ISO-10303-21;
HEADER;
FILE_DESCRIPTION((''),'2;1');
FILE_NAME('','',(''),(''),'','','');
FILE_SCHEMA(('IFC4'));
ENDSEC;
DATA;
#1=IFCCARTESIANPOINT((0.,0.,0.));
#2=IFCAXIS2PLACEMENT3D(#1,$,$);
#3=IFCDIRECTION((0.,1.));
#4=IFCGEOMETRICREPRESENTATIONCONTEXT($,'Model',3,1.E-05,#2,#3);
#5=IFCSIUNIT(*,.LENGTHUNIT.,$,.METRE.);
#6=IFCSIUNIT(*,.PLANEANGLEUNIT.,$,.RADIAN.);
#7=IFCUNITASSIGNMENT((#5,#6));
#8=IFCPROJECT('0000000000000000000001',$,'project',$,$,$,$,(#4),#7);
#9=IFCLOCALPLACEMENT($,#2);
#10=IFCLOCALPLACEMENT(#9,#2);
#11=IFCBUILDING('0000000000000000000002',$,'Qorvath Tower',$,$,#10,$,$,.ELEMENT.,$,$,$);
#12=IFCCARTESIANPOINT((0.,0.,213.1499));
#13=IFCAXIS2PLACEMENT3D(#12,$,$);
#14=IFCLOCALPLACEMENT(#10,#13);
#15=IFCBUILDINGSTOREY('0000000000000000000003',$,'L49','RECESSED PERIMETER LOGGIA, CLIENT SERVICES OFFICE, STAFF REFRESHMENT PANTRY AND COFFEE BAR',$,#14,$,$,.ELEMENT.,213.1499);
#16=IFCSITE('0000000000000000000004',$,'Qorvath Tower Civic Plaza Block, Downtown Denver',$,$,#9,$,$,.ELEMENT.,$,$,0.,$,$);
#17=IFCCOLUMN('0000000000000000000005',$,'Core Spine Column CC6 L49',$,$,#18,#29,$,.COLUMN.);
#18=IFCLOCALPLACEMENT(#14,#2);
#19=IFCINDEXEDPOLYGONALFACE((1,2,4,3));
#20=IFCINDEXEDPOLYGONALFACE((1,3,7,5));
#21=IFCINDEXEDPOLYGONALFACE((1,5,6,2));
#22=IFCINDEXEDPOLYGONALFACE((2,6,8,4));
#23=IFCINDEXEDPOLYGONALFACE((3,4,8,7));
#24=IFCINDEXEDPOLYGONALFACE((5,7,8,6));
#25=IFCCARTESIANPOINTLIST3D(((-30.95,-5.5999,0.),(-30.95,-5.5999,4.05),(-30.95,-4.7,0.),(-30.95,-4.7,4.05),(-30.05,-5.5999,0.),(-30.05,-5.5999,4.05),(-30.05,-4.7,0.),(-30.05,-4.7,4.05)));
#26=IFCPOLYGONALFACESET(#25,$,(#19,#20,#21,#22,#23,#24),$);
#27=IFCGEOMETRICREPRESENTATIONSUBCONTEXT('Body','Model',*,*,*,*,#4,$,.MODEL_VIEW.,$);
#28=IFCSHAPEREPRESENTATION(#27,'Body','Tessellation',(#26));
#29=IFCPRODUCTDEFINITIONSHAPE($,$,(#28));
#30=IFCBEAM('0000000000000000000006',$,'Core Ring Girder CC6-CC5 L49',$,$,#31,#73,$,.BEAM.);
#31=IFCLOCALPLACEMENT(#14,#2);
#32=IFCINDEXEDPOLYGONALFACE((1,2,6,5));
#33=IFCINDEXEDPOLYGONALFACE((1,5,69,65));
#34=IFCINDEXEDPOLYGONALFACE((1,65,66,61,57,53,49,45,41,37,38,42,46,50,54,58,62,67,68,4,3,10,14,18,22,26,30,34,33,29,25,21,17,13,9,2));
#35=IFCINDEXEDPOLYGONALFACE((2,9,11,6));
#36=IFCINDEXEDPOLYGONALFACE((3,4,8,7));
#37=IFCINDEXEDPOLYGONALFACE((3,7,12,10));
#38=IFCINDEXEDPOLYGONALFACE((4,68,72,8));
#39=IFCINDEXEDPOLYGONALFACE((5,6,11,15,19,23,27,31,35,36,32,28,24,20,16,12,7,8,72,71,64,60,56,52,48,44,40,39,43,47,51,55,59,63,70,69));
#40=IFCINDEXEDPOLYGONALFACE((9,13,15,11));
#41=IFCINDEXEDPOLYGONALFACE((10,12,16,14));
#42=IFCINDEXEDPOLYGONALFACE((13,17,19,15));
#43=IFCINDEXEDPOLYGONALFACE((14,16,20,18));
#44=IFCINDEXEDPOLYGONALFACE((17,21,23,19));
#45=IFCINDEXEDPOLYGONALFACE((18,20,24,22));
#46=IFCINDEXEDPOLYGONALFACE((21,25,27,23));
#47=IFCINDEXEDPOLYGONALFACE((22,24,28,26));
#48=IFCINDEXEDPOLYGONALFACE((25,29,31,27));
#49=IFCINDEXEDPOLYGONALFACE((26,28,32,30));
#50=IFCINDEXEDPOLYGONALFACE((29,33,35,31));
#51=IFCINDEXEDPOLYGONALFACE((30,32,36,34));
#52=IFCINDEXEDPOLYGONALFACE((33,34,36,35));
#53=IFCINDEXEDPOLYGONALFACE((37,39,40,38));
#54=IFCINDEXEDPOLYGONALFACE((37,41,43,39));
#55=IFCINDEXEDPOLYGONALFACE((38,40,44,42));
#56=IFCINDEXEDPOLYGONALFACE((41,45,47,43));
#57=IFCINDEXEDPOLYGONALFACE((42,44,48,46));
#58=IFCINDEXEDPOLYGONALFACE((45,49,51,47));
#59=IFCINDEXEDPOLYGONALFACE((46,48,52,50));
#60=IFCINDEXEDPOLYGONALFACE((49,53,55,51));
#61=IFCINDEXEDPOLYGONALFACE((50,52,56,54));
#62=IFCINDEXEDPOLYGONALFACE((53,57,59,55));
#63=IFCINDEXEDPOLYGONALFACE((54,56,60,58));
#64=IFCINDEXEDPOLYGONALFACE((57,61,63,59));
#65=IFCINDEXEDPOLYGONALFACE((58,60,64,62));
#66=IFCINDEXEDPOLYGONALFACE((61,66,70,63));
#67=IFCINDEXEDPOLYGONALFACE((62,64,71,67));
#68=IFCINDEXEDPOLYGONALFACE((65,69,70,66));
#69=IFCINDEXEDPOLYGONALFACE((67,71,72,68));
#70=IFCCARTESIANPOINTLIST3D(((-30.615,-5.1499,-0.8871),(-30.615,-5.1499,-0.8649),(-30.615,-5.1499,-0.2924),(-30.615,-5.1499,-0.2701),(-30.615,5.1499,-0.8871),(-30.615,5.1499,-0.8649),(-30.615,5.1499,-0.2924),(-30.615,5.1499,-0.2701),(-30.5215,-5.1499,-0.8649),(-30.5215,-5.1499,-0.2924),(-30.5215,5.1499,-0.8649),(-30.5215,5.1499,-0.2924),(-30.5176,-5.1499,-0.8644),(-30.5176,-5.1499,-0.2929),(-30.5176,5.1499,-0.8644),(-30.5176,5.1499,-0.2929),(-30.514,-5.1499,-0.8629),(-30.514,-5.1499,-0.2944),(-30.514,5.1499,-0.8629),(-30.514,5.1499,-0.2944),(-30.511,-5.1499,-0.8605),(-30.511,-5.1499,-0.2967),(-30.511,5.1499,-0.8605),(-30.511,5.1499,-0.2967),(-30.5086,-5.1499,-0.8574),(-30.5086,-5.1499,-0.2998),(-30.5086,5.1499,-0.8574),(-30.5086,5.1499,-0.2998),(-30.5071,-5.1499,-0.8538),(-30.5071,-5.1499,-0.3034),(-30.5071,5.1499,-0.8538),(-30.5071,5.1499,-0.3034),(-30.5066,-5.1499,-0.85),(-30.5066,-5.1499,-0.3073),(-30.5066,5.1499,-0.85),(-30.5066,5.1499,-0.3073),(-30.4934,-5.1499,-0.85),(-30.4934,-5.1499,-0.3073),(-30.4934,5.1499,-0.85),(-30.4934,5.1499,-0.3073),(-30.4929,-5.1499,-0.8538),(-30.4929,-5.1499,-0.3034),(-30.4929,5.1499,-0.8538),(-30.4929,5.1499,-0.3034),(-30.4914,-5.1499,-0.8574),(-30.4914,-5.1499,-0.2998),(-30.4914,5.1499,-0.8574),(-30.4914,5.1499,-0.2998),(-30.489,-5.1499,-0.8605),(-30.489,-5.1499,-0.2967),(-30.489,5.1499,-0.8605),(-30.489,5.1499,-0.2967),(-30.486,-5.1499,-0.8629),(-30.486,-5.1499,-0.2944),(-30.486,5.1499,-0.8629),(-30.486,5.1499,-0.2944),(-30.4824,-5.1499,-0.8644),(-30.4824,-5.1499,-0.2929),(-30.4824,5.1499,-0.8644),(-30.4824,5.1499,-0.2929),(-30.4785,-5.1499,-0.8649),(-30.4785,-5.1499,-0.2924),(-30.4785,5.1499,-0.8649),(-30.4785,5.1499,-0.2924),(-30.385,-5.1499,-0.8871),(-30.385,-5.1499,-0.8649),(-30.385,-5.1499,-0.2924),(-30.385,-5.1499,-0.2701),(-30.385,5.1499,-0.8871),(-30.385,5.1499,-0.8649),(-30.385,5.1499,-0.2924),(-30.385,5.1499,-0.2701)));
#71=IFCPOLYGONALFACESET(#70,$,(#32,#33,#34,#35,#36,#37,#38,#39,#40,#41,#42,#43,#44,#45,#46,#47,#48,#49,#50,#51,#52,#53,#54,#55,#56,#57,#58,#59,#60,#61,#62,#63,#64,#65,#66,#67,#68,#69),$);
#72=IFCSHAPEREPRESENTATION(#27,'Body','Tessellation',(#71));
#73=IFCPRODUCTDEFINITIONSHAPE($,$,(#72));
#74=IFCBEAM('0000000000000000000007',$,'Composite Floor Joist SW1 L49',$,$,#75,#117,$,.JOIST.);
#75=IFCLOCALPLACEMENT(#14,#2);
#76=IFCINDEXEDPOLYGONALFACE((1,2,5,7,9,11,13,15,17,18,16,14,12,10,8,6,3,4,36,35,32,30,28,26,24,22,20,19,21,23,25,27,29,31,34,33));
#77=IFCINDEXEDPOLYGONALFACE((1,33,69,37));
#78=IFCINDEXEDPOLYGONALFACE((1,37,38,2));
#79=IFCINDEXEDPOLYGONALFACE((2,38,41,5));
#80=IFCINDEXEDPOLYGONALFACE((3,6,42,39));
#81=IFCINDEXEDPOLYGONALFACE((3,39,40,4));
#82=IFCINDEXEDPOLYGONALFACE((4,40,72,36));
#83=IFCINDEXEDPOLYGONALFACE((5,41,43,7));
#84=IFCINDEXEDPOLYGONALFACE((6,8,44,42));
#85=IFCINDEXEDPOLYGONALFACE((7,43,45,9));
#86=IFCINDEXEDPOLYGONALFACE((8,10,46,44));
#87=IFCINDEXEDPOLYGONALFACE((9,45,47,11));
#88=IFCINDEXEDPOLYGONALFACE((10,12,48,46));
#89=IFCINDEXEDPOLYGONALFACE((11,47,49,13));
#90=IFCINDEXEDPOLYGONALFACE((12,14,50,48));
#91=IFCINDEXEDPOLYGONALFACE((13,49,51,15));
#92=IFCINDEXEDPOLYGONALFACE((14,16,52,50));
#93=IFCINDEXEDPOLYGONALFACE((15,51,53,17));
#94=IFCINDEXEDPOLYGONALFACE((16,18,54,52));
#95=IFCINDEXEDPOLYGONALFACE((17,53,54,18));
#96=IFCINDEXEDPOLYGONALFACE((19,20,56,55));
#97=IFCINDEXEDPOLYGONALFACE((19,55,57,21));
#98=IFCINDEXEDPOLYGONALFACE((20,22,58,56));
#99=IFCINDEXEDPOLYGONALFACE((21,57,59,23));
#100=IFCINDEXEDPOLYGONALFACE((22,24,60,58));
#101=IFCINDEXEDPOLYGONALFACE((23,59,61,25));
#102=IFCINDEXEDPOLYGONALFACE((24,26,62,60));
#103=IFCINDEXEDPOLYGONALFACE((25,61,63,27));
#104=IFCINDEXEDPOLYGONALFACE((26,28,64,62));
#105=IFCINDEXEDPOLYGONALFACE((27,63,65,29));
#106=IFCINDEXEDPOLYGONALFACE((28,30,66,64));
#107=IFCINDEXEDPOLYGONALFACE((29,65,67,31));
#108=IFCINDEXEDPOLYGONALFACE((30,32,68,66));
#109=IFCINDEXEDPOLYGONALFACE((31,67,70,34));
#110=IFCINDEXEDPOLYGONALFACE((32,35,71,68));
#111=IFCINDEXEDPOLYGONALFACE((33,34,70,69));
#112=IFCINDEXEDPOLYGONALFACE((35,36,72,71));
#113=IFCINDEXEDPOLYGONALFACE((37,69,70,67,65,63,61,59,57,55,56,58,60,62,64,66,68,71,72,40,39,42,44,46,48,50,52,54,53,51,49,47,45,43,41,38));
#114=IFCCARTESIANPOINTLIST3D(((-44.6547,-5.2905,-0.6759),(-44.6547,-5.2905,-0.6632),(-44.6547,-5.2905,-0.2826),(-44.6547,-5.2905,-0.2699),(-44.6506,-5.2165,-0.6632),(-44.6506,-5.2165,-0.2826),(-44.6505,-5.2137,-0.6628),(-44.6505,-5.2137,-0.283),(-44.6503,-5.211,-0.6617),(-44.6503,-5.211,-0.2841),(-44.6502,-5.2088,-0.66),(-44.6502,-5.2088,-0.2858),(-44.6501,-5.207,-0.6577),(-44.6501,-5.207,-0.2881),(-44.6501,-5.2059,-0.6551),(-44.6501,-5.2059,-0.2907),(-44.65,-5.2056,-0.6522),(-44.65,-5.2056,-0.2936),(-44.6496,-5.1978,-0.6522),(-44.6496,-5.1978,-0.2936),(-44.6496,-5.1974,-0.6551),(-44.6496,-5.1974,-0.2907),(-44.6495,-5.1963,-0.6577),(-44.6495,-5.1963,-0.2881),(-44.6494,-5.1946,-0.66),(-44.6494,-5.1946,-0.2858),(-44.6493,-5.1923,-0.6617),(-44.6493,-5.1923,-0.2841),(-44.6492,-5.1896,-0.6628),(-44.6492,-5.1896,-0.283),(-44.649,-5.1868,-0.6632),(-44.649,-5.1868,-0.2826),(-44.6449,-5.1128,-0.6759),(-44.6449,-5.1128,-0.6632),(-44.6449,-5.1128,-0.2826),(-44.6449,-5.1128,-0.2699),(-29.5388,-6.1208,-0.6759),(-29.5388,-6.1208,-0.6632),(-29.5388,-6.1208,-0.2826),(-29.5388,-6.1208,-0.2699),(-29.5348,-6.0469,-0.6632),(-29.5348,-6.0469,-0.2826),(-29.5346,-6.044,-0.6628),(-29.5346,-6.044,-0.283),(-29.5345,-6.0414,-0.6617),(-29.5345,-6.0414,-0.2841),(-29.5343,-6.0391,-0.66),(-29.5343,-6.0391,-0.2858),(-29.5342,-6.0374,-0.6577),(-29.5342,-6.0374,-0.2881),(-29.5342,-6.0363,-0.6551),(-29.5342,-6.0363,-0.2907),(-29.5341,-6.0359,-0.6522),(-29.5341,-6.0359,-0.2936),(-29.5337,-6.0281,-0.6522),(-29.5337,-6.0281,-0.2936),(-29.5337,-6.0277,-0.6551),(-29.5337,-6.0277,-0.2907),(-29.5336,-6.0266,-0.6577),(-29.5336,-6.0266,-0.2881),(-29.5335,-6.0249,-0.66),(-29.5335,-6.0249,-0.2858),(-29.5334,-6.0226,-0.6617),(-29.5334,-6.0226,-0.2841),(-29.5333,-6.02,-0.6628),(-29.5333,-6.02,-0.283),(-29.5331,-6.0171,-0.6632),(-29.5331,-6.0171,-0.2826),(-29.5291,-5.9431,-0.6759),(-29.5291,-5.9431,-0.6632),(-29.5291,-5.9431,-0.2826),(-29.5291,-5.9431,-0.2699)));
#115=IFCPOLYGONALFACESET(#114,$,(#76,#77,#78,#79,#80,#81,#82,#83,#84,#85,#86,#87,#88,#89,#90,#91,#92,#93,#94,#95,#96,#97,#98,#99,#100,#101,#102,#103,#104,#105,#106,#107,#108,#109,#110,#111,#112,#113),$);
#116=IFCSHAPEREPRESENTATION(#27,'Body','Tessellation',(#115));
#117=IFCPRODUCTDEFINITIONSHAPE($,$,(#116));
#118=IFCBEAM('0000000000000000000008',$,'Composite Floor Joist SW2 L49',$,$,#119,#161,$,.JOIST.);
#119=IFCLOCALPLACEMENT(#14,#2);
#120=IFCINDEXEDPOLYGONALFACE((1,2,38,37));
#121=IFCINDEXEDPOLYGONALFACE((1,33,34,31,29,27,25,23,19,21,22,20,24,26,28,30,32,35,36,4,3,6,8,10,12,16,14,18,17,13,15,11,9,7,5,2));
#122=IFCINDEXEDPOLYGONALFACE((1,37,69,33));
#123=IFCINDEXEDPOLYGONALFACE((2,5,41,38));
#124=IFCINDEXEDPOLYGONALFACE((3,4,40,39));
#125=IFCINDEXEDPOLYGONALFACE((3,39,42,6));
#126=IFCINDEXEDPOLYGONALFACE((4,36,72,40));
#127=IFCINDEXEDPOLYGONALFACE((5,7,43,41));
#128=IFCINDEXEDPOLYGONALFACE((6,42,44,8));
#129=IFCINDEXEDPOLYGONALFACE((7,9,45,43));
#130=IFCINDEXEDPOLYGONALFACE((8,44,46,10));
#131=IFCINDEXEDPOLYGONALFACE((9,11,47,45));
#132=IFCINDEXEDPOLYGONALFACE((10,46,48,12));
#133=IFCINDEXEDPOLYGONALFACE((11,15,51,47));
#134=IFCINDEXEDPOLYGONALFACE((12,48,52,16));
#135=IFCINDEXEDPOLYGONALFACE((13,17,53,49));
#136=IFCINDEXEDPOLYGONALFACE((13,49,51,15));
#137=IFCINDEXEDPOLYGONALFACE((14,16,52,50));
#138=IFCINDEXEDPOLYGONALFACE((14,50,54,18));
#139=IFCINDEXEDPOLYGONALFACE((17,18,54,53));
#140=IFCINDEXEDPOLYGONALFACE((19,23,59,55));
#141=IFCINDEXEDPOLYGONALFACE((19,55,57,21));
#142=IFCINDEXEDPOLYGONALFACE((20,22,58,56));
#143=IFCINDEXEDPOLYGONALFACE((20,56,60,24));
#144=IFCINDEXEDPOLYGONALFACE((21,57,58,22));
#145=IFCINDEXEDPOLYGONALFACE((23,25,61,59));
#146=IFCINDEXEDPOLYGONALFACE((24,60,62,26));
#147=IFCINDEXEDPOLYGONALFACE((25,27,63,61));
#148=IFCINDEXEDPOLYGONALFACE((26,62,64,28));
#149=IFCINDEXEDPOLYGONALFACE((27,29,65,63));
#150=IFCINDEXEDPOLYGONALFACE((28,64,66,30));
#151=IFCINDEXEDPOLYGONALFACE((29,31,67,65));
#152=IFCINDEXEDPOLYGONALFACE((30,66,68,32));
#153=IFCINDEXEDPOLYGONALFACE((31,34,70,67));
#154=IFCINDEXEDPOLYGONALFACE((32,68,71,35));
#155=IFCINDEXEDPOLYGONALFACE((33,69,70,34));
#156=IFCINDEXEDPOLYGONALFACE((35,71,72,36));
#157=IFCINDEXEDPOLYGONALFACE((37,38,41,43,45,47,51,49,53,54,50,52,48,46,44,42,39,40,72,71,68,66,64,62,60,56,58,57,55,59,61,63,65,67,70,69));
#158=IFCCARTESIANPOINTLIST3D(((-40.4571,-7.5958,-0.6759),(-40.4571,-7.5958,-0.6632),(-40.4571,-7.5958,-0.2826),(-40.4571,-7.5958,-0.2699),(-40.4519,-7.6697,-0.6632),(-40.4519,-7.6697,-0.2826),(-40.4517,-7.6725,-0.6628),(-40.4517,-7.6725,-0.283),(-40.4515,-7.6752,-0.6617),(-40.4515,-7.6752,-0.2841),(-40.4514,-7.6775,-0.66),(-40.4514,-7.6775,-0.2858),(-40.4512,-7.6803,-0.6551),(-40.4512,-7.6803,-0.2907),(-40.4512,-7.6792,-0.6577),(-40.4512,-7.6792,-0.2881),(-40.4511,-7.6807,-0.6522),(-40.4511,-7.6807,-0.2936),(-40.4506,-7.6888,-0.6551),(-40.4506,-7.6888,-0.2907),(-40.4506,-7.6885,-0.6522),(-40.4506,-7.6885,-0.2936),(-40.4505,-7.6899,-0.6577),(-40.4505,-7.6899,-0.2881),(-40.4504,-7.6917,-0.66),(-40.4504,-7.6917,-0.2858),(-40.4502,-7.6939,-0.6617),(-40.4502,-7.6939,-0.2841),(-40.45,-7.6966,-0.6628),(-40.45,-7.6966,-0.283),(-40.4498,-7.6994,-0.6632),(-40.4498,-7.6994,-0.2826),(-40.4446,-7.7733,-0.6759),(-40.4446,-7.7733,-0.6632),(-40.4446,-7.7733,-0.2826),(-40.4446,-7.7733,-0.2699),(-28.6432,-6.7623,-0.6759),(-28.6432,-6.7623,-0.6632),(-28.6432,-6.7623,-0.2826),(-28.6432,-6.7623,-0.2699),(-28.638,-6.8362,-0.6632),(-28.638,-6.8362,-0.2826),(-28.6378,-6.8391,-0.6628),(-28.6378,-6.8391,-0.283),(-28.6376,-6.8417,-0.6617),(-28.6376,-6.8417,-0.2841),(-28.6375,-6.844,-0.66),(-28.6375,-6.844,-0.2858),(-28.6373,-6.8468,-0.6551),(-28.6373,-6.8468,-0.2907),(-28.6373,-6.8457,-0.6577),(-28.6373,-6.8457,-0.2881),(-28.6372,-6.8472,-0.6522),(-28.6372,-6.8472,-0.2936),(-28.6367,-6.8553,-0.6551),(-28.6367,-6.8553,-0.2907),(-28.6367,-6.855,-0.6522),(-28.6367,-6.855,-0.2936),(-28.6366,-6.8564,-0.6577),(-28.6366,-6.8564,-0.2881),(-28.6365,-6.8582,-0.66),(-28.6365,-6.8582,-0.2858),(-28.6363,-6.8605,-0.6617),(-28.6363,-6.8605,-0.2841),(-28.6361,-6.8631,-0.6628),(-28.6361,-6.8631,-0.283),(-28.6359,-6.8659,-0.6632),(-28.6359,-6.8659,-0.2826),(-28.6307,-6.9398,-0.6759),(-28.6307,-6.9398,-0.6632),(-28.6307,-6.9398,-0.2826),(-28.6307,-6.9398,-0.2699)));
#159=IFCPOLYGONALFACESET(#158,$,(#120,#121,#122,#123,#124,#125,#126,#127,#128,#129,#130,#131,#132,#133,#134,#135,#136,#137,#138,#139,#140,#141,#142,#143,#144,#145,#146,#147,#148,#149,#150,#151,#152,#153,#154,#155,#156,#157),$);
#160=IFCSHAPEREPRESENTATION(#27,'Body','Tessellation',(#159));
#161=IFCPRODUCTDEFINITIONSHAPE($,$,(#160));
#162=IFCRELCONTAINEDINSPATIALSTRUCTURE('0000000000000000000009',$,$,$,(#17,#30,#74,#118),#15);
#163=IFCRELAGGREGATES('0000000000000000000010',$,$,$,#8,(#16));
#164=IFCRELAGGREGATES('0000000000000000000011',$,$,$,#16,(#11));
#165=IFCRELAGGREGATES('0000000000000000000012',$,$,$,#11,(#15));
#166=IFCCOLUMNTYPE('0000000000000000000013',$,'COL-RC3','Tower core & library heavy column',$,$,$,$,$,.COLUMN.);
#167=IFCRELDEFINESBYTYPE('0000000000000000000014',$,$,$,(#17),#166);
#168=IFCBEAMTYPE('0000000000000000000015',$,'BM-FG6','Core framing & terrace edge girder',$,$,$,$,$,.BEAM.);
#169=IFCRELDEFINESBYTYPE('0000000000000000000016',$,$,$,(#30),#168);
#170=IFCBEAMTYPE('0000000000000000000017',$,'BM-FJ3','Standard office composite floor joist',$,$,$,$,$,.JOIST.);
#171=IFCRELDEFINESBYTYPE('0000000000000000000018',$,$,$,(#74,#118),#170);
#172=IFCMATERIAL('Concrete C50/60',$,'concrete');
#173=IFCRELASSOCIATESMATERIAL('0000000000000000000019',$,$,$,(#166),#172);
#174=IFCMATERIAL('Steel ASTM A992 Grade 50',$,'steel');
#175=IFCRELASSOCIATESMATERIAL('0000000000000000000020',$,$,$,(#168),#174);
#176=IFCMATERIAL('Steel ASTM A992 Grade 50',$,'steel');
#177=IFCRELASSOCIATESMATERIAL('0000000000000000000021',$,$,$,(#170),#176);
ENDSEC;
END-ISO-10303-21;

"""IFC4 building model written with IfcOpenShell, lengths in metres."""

from ifc_helpers import new_model, si_unit, direction, frame, origin, origin_2d, place, context, subcontext, project, spatial, rectangle, i_section, extrude, material, material_profile, profile_set, type_object, element, save


model = new_model("IFC4")

# Units and contexts
model_context = context("Model", 3, precision=1e-05, world=origin(), true_north=direction((0.0, 1.0)))
body_context = subcontext(model_context, "Body", "Model", "MODEL_VIEW")
ifc_project = project(units=[si_unit("LENGTHUNIT", "METRE"), si_unit("PLANEANGLEUNIT", "RADIAN")], contexts=[model_context])

# Site, building, storey
site_placement = place(None, origin())
site = spatial("IfcSite", under=ifc_project, at=site_placement, Name="Qorvath Tower Civic Plaza Block, Downtown Denver", CompositionType="ELEMENT", RefElevation=0.0)
building_placement = place(site_placement, origin())
building = spatial("IfcBuilding", under=site, at=building_placement, Name="Qorvath Tower", CompositionType="ELEMENT")
storey_placement = place(building_placement, frame((0.0, 0.0, 213.1499)))
storey = spatial("IfcBuildingStorey", under=building, at=storey_placement, Name="L49", Description="RECESSED PERIMETER LOGGIA, CLIENT SERVICES OFFICE, STAFF REFRESHMENT PANTRY AND COFFEE BAR", CompositionType="ELEMENT", Elevation=213.1499)

# Column
ifc_material_1 = material(Name="Concrete C50/60", Category="concrete")
ifc_material_profile_1 = material_profile(ifc_material_1, rectangle(XDim=0.8999, YDim=0.8999, at=origin_2d()), Name="RC 900x900")
ifc_profile_set_1 = profile_set([ifc_material_profile_1], Name="Concrete C50/60")
column_type = type_object("IfcColumnType", Name="COL-RC3", Description="Tower core & library heavy column", PredefinedType="COLUMN", material=ifc_profile_set_1)
column_placement = place(storey_placement, frame((-30.5, -5.1499, 0.0), z_axis=(0.0, 0.0, 1.0), x_axis=(1.0, 0.0, 0.0)))
element("IfcColumn", 1, at=column_placement, inside=storey, type_object=column_type, Name="Core Spine Column CC6 L49", PredefinedType="COLUMN", context=body_context, shape_type="SweptSolid", body=[
    extrude(rectangle(XDim=0.8999, YDim=0.8999, at=origin_2d()), origin(), (0.0, 0.0, 1.0), 4.05),
])

# Beams
ifc_material_2 = material(Name="Steel ASTM A992 Grade 50", Category="steel")
ifc_material_profile_2 = material_profile(ifc_material_2, i_section(OverallWidth=0.23, OverallDepth=0.6169, WebThickness=0.0132, FlangeThickness=0.0222, FilletRadius=0.0149, at=origin_2d()), Name="W24x94")
ifc_profile_set_2 = profile_set([ifc_material_profile_2], Name="Steel ASTM A992 Grade 50")
beam_type_1 = type_object("IfcBeamType", Name="BM-FG6", Description="Core framing & terrace edge girder", PredefinedType="BEAM", material=ifc_profile_set_2)
beam_1_placement = place(storey_placement, frame((-30.5, -5.1499, -0.5786), z_axis=(0.0, 1.0, 0.0), x_axis=(-1.0, 0.0, 0.0)))
element("IfcBeam", 2, at=beam_1_placement, inside=storey, type_object=beam_type_1, Name="Core Ring Girder CC6-CC5 L49", PredefinedType="BEAM", context=body_context, shape_type="SweptSolid", body=[
    extrude(i_section(OverallWidth=0.23, OverallDepth=0.6169, WebThickness=0.0132, FlangeThickness=0.0222, FilletRadius=0.0149, at=origin_2d()), origin(), (0.0, 0.0, 1.0), 10.2998),
])
ifc_material_3 = material(Name="Steel ASTM A992 Grade 50", Category="steel")
ifc_material_profile_3 = material_profile(ifc_material_3, i_section(OverallWidth=0.178, OverallDepth=0.406, WebThickness=0.0078, FlangeThickness=0.0127, FilletRadius=0.011, at=origin_2d()), Name="W16x40")
ifc_profile_set_3 = profile_set([ifc_material_profile_3], Name="Steel ASTM A992 Grade 50")
beam_type_2 = type_object("IfcBeamType", Name="BM-FJ3", Description="Standard office composite floor joist", PredefinedType="JOIST", material=ifc_profile_set_3)
beam_2_placement = place(storey_placement, frame((-29.5339, -6.032, -0.4729), z_axis=(-0.998495, 0.054847, 0.0), x_axis=(-0.054847, -0.998495, 0.0)))
element("IfcBeam", 3, at=beam_2_placement, inside=storey, type_object=beam_type_2, Name="Composite Floor Joist SW1 L49", PredefinedType="JOIST", context=body_context, shape_type="SweptSolid", body=[
    extrude(i_section(OverallWidth=0.178, OverallDepth=0.406, WebThickness=0.0078, FlangeThickness=0.0127, FilletRadius=0.011, at=origin_2d()), origin(), (0.0, 0.0, 1.0), 15.1387),
])
beam_3_placement = place(storey_placement, frame((-28.637, -6.8511, -0.4729), z_axis=(-0.99752, -0.070377, 0.0), x_axis=(0.070377, -0.99752, 0.0)))
element("IfcBeam", 4, at=beam_3_placement, inside=storey, type_object=beam_type_2, Name="Composite Floor Joist SW2 L49", PredefinedType="JOIST", context=body_context, shape_type="SweptSolid", body=[
    extrude(i_section(OverallWidth=0.178, OverallDepth=0.406, WebThickness=0.0078, FlangeThickness=0.0127, FilletRadius=0.011, at=origin_2d()), origin(), (0.0, 0.0, 1.0), 11.8433),
])

save(model, "model.ifc")
